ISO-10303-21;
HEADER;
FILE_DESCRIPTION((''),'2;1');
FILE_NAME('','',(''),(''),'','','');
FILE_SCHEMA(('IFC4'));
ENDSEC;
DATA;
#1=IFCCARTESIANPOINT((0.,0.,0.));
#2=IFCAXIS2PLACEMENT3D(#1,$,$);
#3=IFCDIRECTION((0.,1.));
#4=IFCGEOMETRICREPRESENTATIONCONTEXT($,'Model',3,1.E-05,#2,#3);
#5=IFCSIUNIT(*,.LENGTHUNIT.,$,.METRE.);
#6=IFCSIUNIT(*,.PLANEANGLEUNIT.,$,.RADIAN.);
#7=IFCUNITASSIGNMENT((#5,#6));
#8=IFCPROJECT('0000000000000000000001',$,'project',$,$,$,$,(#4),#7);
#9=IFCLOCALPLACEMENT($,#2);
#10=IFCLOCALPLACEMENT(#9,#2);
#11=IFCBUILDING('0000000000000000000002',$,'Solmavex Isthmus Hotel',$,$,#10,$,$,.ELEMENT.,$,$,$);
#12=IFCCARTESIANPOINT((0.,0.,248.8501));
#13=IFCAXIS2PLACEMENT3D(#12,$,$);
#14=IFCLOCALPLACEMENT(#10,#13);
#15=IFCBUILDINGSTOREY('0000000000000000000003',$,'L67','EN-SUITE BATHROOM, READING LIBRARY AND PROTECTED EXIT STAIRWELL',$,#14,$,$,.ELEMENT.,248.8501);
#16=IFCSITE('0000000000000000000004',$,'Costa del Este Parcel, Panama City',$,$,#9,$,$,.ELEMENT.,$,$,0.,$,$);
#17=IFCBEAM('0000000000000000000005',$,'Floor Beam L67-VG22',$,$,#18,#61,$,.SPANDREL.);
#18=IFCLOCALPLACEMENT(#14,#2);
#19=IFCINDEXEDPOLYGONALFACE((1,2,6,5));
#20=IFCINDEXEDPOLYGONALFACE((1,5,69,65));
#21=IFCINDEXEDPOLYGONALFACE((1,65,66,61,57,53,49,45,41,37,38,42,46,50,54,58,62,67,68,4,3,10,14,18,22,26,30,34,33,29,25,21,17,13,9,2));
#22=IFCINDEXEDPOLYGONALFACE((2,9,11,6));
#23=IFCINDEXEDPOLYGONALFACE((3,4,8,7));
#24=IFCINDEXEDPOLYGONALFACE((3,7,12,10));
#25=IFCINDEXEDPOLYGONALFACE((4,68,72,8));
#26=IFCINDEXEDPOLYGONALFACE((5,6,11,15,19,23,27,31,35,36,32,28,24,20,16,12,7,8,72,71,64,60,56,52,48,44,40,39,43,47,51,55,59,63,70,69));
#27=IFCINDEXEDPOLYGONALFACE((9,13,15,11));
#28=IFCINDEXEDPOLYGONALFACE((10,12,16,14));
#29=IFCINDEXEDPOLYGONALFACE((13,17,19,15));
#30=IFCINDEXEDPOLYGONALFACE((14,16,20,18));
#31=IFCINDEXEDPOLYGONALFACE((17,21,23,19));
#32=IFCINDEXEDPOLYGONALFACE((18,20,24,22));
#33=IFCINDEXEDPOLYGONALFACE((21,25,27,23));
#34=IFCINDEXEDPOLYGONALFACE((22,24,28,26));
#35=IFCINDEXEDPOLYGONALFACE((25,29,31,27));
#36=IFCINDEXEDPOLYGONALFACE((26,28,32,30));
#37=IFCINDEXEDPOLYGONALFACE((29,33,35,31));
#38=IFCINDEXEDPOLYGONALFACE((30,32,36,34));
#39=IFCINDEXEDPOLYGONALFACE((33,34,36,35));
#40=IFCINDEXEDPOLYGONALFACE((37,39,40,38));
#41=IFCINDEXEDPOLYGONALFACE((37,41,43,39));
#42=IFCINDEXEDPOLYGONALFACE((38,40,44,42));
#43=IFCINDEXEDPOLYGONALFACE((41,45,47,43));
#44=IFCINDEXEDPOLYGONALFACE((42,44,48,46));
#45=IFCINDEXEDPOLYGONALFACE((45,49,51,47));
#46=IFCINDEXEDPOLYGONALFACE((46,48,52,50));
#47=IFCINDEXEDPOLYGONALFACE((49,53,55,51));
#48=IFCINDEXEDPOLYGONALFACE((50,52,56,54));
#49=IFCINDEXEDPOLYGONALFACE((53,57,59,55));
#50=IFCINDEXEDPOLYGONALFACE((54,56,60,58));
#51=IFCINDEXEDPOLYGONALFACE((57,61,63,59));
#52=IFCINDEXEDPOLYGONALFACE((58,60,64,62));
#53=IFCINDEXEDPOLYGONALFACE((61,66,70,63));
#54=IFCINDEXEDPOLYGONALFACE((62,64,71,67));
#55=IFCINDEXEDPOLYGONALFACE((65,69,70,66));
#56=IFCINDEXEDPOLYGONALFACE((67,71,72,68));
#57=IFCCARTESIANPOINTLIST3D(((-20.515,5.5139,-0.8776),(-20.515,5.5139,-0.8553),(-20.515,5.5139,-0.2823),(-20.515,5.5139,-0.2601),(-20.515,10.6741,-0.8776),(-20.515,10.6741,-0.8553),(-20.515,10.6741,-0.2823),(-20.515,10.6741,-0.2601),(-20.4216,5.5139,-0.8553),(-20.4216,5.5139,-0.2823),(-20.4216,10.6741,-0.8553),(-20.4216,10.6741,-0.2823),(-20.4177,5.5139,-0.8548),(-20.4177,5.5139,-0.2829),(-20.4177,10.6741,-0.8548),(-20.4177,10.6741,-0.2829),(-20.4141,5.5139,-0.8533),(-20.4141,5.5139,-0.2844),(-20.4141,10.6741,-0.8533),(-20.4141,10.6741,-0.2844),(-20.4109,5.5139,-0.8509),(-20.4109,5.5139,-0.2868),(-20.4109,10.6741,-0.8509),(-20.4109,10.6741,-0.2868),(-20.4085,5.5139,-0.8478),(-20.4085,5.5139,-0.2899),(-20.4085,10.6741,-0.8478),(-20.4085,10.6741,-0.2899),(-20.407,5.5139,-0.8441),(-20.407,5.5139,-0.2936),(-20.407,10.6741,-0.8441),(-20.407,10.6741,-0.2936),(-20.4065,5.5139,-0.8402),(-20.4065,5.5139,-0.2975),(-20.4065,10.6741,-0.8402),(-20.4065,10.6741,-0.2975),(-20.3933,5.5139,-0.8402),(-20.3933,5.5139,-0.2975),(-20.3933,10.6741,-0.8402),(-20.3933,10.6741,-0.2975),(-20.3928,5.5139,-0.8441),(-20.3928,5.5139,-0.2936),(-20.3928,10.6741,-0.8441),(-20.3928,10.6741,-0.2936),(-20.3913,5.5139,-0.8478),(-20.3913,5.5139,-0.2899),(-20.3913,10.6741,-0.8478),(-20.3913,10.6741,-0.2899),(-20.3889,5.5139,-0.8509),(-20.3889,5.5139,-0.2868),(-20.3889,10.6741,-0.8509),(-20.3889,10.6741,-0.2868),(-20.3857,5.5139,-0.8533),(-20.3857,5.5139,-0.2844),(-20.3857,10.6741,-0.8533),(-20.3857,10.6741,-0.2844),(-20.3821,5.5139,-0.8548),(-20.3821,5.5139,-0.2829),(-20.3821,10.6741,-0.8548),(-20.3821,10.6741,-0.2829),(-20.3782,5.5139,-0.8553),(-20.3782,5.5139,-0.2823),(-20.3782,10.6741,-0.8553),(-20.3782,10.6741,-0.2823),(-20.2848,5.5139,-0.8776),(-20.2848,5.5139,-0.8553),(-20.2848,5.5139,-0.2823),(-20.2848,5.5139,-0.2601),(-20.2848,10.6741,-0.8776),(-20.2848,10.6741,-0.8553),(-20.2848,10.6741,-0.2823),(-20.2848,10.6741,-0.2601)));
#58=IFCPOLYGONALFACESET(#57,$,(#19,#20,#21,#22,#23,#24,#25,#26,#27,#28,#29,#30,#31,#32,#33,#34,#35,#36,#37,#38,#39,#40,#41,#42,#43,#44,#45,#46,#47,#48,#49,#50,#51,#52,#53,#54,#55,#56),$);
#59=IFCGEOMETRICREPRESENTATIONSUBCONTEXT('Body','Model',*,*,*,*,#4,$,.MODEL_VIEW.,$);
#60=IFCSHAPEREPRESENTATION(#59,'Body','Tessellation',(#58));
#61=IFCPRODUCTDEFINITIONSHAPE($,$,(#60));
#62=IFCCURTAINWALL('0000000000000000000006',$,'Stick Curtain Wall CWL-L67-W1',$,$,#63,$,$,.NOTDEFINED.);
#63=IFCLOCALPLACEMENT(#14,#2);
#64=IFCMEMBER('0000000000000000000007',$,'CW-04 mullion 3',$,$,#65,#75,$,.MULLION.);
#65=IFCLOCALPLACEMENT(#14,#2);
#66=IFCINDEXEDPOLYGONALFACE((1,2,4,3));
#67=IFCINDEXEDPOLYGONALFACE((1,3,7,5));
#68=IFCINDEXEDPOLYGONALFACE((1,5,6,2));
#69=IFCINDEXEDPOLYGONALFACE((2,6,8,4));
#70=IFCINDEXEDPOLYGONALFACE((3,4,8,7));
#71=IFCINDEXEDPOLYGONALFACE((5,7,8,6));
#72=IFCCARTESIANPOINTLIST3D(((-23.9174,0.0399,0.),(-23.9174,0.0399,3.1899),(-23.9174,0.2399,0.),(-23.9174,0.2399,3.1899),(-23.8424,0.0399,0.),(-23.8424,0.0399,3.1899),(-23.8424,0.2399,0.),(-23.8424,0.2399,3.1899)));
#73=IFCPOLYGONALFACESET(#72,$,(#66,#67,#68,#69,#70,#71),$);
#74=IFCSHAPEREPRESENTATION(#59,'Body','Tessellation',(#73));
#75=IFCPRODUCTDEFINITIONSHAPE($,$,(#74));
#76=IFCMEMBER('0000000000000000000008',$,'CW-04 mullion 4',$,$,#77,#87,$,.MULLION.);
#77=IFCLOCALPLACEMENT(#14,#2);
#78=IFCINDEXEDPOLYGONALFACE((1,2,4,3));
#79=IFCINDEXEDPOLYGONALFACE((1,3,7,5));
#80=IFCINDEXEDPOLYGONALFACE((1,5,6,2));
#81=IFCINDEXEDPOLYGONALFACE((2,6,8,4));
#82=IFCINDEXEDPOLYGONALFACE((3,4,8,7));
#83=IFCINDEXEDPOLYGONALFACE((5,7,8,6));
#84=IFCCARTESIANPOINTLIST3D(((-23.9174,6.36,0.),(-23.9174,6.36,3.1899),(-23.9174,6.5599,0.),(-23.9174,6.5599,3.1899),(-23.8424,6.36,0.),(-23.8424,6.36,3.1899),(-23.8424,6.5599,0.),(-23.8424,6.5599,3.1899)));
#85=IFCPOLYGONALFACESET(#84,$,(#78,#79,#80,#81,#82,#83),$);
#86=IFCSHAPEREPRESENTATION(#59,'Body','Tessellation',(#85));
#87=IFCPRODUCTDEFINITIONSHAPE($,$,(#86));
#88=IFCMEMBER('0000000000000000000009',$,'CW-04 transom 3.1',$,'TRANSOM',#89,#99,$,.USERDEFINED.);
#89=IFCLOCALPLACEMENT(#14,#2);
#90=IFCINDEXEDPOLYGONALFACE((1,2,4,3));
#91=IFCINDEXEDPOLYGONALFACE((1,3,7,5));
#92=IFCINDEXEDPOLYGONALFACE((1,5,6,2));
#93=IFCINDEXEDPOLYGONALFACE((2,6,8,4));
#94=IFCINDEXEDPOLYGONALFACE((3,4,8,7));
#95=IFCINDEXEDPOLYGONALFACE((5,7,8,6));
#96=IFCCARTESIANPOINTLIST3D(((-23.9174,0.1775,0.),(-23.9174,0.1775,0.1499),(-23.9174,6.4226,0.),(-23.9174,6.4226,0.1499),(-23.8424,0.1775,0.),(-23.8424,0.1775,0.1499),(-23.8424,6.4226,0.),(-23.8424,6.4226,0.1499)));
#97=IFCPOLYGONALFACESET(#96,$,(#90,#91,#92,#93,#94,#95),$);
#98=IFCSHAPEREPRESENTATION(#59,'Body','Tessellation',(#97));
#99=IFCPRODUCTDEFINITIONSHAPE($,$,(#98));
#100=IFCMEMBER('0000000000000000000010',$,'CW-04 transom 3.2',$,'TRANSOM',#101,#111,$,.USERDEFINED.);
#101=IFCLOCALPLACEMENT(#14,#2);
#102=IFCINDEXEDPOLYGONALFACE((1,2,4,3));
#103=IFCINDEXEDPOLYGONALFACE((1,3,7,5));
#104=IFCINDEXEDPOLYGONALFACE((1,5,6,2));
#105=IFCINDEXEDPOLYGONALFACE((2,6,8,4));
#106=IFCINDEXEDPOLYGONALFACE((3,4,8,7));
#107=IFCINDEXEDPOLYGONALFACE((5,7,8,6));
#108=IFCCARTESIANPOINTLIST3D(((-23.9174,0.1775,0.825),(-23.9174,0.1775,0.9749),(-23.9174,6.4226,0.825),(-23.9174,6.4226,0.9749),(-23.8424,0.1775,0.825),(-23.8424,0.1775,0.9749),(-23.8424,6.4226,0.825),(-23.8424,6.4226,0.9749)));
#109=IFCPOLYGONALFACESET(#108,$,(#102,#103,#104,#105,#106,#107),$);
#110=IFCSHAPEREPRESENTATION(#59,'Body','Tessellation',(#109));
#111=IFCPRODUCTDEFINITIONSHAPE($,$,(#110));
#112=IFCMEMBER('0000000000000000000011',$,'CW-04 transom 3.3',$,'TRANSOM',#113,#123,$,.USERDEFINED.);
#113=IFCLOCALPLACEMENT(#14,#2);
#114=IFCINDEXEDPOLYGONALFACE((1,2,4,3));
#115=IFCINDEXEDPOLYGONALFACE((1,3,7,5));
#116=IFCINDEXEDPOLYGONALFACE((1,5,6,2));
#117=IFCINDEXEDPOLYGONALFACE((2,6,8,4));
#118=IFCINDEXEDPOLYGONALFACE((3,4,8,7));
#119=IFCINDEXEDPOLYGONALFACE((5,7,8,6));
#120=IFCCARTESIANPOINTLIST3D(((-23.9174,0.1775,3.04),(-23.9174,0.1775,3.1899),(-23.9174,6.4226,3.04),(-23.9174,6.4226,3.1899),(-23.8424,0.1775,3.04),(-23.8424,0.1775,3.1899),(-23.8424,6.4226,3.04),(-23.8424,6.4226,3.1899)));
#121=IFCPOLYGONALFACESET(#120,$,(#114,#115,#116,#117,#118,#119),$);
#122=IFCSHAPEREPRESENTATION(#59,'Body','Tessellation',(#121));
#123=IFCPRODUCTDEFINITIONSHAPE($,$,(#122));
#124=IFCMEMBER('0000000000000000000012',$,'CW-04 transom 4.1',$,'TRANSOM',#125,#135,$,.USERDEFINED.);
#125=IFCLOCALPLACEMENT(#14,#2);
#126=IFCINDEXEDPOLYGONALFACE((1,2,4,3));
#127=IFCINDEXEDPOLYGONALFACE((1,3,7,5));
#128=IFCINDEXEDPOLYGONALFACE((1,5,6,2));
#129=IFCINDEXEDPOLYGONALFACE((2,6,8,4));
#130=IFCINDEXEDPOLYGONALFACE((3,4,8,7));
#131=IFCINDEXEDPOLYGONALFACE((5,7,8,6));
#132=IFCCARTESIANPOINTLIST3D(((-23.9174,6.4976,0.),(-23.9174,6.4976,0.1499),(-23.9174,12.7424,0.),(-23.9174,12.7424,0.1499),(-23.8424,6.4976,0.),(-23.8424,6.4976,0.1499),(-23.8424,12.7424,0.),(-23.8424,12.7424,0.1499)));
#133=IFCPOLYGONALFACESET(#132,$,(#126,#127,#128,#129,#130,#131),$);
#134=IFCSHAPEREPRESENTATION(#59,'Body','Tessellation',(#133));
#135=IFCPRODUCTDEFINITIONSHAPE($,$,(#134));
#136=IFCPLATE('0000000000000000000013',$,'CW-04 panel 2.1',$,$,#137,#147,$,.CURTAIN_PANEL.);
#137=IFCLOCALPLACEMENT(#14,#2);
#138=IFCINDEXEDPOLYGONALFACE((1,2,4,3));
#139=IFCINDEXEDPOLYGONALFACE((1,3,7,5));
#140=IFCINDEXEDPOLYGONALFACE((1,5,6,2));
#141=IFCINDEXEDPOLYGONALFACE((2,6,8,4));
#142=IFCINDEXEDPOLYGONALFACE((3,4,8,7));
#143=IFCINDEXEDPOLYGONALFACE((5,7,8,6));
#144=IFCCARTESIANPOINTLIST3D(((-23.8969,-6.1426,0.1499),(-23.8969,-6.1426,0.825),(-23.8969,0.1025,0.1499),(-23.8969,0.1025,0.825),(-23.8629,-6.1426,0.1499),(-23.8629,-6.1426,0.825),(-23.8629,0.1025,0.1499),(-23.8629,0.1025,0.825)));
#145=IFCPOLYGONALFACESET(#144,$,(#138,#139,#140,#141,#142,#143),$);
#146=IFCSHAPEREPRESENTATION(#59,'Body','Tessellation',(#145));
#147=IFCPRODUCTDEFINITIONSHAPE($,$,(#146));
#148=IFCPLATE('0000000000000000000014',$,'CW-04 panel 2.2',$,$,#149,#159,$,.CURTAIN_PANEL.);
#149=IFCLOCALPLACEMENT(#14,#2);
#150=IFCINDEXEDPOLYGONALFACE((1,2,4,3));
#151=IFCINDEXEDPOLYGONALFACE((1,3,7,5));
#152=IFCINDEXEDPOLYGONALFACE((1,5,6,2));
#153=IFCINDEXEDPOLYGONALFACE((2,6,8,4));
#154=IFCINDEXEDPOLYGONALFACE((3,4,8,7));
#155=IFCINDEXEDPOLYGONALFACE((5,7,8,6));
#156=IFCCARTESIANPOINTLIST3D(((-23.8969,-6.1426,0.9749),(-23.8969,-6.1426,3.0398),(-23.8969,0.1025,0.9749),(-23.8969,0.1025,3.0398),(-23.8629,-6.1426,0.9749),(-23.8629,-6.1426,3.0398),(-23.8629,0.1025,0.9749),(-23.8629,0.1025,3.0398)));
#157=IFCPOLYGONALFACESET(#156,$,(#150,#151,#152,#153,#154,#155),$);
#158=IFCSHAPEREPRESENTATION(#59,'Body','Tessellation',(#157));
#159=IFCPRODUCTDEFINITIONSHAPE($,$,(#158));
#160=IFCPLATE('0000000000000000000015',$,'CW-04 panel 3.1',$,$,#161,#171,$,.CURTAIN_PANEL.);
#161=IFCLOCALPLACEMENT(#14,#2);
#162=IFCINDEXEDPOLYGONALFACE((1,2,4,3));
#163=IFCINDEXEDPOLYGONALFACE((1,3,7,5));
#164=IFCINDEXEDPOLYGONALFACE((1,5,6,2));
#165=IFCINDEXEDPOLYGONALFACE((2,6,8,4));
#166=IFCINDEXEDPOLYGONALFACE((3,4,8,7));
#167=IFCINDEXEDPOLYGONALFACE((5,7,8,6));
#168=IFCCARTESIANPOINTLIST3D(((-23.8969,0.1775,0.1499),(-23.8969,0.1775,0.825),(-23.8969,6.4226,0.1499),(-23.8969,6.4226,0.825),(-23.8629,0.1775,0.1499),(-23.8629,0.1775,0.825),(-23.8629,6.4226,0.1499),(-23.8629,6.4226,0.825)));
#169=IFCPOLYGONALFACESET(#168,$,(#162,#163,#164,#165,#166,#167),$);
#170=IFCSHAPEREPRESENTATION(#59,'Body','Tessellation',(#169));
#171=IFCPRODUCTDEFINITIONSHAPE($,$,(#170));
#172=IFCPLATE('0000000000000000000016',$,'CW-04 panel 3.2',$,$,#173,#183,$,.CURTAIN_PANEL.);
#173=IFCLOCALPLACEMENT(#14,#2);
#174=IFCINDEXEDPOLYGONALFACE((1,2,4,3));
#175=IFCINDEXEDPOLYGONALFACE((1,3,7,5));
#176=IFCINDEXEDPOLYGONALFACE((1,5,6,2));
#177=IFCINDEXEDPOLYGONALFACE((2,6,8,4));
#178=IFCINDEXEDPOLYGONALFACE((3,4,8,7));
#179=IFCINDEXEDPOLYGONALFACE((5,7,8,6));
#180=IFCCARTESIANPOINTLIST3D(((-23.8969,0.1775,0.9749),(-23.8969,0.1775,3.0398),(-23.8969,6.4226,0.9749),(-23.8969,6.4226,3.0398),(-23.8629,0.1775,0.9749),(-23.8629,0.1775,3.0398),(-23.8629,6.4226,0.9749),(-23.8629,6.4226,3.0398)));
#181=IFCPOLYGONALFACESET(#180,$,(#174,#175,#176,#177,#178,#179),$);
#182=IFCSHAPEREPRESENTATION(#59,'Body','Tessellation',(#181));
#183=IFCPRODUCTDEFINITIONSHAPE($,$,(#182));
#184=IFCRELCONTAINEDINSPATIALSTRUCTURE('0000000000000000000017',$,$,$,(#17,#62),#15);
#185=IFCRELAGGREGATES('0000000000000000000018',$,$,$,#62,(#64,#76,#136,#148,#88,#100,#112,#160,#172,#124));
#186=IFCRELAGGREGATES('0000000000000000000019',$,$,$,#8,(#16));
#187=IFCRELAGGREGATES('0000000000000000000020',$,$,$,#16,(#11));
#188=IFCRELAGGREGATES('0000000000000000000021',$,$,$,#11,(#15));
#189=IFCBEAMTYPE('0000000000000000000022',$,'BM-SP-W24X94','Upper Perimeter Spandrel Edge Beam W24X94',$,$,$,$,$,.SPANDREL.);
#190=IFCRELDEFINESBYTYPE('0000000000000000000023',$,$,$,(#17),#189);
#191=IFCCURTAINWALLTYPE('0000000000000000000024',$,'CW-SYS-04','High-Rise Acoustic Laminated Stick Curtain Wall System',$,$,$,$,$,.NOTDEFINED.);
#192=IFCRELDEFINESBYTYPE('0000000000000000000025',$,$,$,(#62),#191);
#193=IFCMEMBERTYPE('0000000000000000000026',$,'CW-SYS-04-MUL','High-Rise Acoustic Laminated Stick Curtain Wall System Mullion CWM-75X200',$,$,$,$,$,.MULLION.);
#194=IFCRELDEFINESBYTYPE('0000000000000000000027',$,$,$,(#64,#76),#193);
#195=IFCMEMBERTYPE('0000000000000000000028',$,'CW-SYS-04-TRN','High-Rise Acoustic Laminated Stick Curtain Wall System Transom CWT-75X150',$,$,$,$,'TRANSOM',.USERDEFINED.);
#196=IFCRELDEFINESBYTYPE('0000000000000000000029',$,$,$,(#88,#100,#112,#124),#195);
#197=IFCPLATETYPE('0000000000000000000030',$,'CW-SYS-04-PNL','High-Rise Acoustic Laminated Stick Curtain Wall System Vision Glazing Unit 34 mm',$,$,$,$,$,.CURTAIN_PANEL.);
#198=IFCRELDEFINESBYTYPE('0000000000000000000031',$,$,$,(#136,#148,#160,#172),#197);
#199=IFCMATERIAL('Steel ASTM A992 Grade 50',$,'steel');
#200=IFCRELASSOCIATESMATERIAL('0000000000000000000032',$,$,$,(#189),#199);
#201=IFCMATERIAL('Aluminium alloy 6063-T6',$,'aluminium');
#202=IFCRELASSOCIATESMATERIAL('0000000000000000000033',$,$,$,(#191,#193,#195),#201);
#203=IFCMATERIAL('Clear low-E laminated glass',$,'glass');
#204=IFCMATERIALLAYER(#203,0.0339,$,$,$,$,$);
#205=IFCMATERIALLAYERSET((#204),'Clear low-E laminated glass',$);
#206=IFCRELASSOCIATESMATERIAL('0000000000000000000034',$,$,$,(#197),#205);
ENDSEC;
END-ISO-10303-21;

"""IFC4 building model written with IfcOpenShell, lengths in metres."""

from ifc_helpers import new_model, si_unit, direction, frame, origin, origin_2d, place, context, subcontext, project, spatial, rectangle, i_section, extrude, material, layer, layer_set, material_profile, profile_set, type_object, element, aggregate, save


model = new_model("IFC4")

# Units and contexts
model_context = context("Model", 3, precision=1e-05, world=origin(), true_north=direction((0.0, 1.0)))
body_context = subcontext(model_context, "Body", "Model", "MODEL_VIEW")
ifc_project = project(units=[si_unit("LENGTHUNIT", "METRE"), si_unit("PLANEANGLEUNIT", "RADIAN")], contexts=[model_context])

# Site, building, storey
site_placement = place(None, origin())
site = spatial("IfcSite", under=ifc_project, at=site_placement, Name="Costa del Este Parcel, Panama City", CompositionType="ELEMENT", RefElevation=0.0)
building_placement = place(site_placement, origin())
building = spatial("IfcBuilding", under=site, at=building_placement, Name="Solmavex Isthmus Hotel", CompositionType="ELEMENT")
storey_placement = place(building_placement, frame((0.0, 0.0, 248.8501)))
storey = spatial("IfcBuildingStorey", under=building, at=storey_placement, Name="L67", Description="EN-SUITE BATHROOM, READING LIBRARY AND PROTECTED EXIT STAIRWELL", CompositionType="ELEMENT", Elevation=248.8501)

# Beam
ifc_material_1 = material(Name="Steel ASTM A992 Grade 50", Category="steel")
ifc_material_profile_1 = material_profile(ifc_material_1, i_section(OverallWidth=0.2302, OverallDepth=0.6174, WebThickness=0.0132, FlangeThickness=0.0222, FilletRadius=0.0151, at=origin_2d()), Name="W24X94")
ifc_profile_set_1 = profile_set([ifc_material_profile_1], Name="Steel ASTM A992 Grade 50")
beam_type_1 = type_object("IfcBeamType", Name="BM-SP-W24X94", Description="Upper Perimeter Spandrel Edge Beam W24X94", PredefinedType="SPANDREL", material=ifc_profile_set_1)
beam_1_placement = place(storey_placement, frame((-20.3999, 5.5139, -0.5688), z_axis=(0.0, 1.0, 0.0), x_axis=(-1.0, 0.0, 0.0)))
element("IfcBeam", 1, at=beam_1_placement, inside=storey, type_object=beam_type_1, Name="Floor Beam L67-VG22", PredefinedType="SPANDREL", context=body_context, shape_type="SweptSolid", body=[
    extrude(i_section(OverallWidth=0.2302, OverallDepth=0.6174, WebThickness=0.0132, FlangeThickness=0.0222, FilletRadius=0.0151, at=origin_2d()), origin(), (0.0, 0.0, 1.0), 5.1602),
])

# Curtain wall, members, plates
ifc_material_2 = material(Name="Aluminium alloy 6063-T6", Category="aluminium")
curtain_wall_type = type_object("IfcCurtainWallType", Name="CW-SYS-04", Description="High-Rise Acoustic Laminated Stick Curtain Wall System", PredefinedType="NOTDEFINED", material=ifc_material_2)
curtain_wall_placement = place(storey_placement, origin())
curtain_wall = element("IfcCurtainWall", 2, at=curtain_wall_placement, inside=storey, type_object=curtain_wall_type, Name="Stick Curtain Wall CWL-L67-W1", PredefinedType="NOTDEFINED")
ifc_material_profile_2 = material_profile(ifc_material_2, rectangle(XDim=0.075, YDim=0.2, at=origin_2d()), Name="CWM-75X200")
ifc_profile_set_2 = profile_set([ifc_material_profile_2], Name="Aluminium alloy 6063-T6")
member_type_1 = type_object("IfcMemberType", Name="CW-SYS-04-MUL", Description="High-Rise Acoustic Laminated Stick Curtain Wall System Mullion CWM-75X200", PredefinedType="MULLION", material=ifc_profile_set_2)
member_1_placement = place(storey_placement, frame((-23.8799, 0.1399, 0.0), z_axis=(0.0, 0.0, 1.0), x_axis=(-1.0, 0.0, 0.0)))
member_1 = element("IfcMember", 3, at=member_1_placement, type_object=member_type_1, Name="CW-04 mullion 3", PredefinedType="MULLION", context=body_context, shape_type="SweptSolid", body=[
    extrude(rectangle(XDim=0.075, YDim=0.2, at=origin_2d()), origin(), (0.0, 0.0, 1.0), 3.1899),
])
member_2_placement = place(storey_placement, frame((-23.8799, 6.46, 0.0), z_axis=(0.0, 0.0, 1.0), x_axis=(-1.0, 0.0, 0.0)))
member_2 = element("IfcMember", 4, at=member_2_placement, type_object=member_type_1, Name="CW-04 mullion 4", PredefinedType="MULLION", context=body_context, shape_type="SweptSolid", body=[
    extrude(rectangle(XDim=0.075, YDim=0.2, at=origin_2d()), origin(), (0.0, 0.0, 1.0), 3.1899),
])
ifc_material_profile_3 = material_profile(ifc_material_2, rectangle(XDim=0.075, YDim=0.1499, at=origin_2d()), Name="CWT-75X150")
ifc_profile_set_3 = profile_set([ifc_material_profile_3], Name="Aluminium alloy 6063-T6")
member_type_2 = type_object("IfcMemberType", Name="CW-SYS-04-TRN", Description="High-Rise Acoustic Laminated Stick Curtain Wall System Transom CWT-75X150", ElementType="TRANSOM", PredefinedType="USERDEFINED", material=ifc_profile_set_3)
member_3_placement = place(storey_placement, frame((-23.8799, 0.1775, 0.075), z_axis=(0.0, 1.0, 0.0), x_axis=(-1.0, 0.0, 0.0)))
member_3 = element("IfcMember", 5, at=member_3_placement, type_object=member_type_2, Name="CW-04 transom 3.1", ObjectType="TRANSOM", PredefinedType="USERDEFINED", context=body_context, shape_type="SweptSolid", body=[
    extrude(rectangle(XDim=0.075, YDim=0.1499, at=origin_2d()), origin(), (0.0, 0.0, 1.0), 6.2451),
])
member_4_placement = place(storey_placement, frame((-23.8799, 0.1775, 0.8999), z_axis=(0.0, 1.0, 0.0), x_axis=(-1.0, 0.0, 0.0)))
member_4 = element("IfcMember", 6, at=member_4_placement, type_object=member_type_2, Name="CW-04 transom 3.2", ObjectType="TRANSOM", PredefinedType="USERDEFINED", context=body_context, shape_type="SweptSolid", body=[
    extrude(rectangle(XDim=0.075, YDim=0.1499, at=origin_2d()), origin(), (0.0, 0.0, 1.0), 6.2451),
])
member_5_placement = place(storey_placement, frame((-23.8799, 0.1775, 3.115), z_axis=(0.0, 1.0, 0.0), x_axis=(-1.0, 0.0, 0.0)))
member_5 = element("IfcMember", 7, at=member_5_placement, type_object=member_type_2, Name="CW-04 transom 3.3", ObjectType="TRANSOM", PredefinedType="USERDEFINED", context=body_context, shape_type="SweptSolid", body=[
    extrude(rectangle(XDim=0.075, YDim=0.1499, at=origin_2d()), origin(), (0.0, 0.0, 1.0), 6.2451),
])
member_6_placement = place(storey_placement, frame((-23.8799, 6.4976, 0.075), z_axis=(0.0, 1.0, 0.0), x_axis=(-1.0, 0.0, 0.0)))
member_6 = element("IfcMember", 8, at=member_6_placement, type_object=member_type_2, Name="CW-04 transom 4.1", ObjectType="TRANSOM", PredefinedType="USERDEFINED", context=body_context, shape_type="SweptSolid", body=[
    extrude(rectangle(XDim=0.075, YDim=0.1499, at=origin_2d()), origin(), (0.0, 0.0, 1.0), 6.2449),
])
ifc_material_3 = material(Name="Clear low-E laminated glass", Category="glass")
ifc_layer_1 = layer(ifc_material_3, 0.0339)
ifc_layer_set_1 = layer_set([ifc_layer_1], Name="Clear low-E laminated glass")
plate_type = type_object("IfcPlateType", Name="CW-SYS-04-PNL", Description="High-Rise Acoustic Laminated Stick Curtain Wall System Vision Glazing Unit 34 mm", PredefinedType="CURTAIN_PANEL", material=ifc_layer_set_1)
plate_1_placement = place(storey_placement, frame((-23.8799, -3.02, 0.1499), z_axis=(0.0, 0.0, 1.0), x_axis=(0.0, 1.0, 0.0)))
plate_1 = element("IfcPlate", 9, at=plate_1_placement, type_object=plate_type, Name="CW-04 panel 2.1", PredefinedType="CURTAIN_PANEL", context=body_context, shape_type="SweptSolid", body=[
    extrude(rectangle(XDim=6.2451, YDim=0.0339, at=origin_2d()), origin(), (0.0, 0.0, 1.0), 0.675),
])
plate_2_placement = place(storey_placement, frame((-23.8799, -3.02, 0.9749), z_axis=(0.0, 0.0, 1.0), x_axis=(0.0, 1.0, 0.0)))
plate_2 = element("IfcPlate", 10, at=plate_2_placement, type_object=plate_type, Name="CW-04 panel 2.2", PredefinedType="CURTAIN_PANEL", context=body_context, shape_type="SweptSolid", body=[
    extrude(rectangle(XDim=6.2451, YDim=0.0339, at=origin_2d()), origin(), (0.0, 0.0, 1.0), 2.0649),
])
plate_3_placement = place(storey_placement, frame((-23.8799, 3.3, 0.1499), z_axis=(0.0, 0.0, 1.0), x_axis=(0.0, 1.0, 0.0)))
plate_3 = element("IfcPlate", 11, at=plate_3_placement, type_object=plate_type, Name="CW-04 panel 3.1", PredefinedType="CURTAIN_PANEL", context=body_context, shape_type="SweptSolid", body=[
    extrude(rectangle(XDim=6.2451, YDim=0.0339, at=origin_2d()), origin(), (0.0, 0.0, 1.0), 0.675),
])
plate_4_placement = place(storey_placement, frame((-23.8799, 3.3, 0.9749), z_axis=(0.0, 0.0, 1.0), x_axis=(0.0, 1.0, 0.0)))
plate_4 = element("IfcPlate", 12, at=plate_4_placement, type_object=plate_type, Name="CW-04 panel 3.2", PredefinedType="CURTAIN_PANEL", context=body_context, shape_type="SweptSolid", body=[
    extrude(rectangle(XDim=6.2451, YDim=0.0339, at=origin_2d()), origin(), (0.0, 0.0, 1.0), 2.0649),
])
aggregate(curtain_wall, [member_1, member_2, plate_1, plate_2, member_3, member_4, member_5, plate_3, plate_4, member_6])

save(model, "model.ifc")
